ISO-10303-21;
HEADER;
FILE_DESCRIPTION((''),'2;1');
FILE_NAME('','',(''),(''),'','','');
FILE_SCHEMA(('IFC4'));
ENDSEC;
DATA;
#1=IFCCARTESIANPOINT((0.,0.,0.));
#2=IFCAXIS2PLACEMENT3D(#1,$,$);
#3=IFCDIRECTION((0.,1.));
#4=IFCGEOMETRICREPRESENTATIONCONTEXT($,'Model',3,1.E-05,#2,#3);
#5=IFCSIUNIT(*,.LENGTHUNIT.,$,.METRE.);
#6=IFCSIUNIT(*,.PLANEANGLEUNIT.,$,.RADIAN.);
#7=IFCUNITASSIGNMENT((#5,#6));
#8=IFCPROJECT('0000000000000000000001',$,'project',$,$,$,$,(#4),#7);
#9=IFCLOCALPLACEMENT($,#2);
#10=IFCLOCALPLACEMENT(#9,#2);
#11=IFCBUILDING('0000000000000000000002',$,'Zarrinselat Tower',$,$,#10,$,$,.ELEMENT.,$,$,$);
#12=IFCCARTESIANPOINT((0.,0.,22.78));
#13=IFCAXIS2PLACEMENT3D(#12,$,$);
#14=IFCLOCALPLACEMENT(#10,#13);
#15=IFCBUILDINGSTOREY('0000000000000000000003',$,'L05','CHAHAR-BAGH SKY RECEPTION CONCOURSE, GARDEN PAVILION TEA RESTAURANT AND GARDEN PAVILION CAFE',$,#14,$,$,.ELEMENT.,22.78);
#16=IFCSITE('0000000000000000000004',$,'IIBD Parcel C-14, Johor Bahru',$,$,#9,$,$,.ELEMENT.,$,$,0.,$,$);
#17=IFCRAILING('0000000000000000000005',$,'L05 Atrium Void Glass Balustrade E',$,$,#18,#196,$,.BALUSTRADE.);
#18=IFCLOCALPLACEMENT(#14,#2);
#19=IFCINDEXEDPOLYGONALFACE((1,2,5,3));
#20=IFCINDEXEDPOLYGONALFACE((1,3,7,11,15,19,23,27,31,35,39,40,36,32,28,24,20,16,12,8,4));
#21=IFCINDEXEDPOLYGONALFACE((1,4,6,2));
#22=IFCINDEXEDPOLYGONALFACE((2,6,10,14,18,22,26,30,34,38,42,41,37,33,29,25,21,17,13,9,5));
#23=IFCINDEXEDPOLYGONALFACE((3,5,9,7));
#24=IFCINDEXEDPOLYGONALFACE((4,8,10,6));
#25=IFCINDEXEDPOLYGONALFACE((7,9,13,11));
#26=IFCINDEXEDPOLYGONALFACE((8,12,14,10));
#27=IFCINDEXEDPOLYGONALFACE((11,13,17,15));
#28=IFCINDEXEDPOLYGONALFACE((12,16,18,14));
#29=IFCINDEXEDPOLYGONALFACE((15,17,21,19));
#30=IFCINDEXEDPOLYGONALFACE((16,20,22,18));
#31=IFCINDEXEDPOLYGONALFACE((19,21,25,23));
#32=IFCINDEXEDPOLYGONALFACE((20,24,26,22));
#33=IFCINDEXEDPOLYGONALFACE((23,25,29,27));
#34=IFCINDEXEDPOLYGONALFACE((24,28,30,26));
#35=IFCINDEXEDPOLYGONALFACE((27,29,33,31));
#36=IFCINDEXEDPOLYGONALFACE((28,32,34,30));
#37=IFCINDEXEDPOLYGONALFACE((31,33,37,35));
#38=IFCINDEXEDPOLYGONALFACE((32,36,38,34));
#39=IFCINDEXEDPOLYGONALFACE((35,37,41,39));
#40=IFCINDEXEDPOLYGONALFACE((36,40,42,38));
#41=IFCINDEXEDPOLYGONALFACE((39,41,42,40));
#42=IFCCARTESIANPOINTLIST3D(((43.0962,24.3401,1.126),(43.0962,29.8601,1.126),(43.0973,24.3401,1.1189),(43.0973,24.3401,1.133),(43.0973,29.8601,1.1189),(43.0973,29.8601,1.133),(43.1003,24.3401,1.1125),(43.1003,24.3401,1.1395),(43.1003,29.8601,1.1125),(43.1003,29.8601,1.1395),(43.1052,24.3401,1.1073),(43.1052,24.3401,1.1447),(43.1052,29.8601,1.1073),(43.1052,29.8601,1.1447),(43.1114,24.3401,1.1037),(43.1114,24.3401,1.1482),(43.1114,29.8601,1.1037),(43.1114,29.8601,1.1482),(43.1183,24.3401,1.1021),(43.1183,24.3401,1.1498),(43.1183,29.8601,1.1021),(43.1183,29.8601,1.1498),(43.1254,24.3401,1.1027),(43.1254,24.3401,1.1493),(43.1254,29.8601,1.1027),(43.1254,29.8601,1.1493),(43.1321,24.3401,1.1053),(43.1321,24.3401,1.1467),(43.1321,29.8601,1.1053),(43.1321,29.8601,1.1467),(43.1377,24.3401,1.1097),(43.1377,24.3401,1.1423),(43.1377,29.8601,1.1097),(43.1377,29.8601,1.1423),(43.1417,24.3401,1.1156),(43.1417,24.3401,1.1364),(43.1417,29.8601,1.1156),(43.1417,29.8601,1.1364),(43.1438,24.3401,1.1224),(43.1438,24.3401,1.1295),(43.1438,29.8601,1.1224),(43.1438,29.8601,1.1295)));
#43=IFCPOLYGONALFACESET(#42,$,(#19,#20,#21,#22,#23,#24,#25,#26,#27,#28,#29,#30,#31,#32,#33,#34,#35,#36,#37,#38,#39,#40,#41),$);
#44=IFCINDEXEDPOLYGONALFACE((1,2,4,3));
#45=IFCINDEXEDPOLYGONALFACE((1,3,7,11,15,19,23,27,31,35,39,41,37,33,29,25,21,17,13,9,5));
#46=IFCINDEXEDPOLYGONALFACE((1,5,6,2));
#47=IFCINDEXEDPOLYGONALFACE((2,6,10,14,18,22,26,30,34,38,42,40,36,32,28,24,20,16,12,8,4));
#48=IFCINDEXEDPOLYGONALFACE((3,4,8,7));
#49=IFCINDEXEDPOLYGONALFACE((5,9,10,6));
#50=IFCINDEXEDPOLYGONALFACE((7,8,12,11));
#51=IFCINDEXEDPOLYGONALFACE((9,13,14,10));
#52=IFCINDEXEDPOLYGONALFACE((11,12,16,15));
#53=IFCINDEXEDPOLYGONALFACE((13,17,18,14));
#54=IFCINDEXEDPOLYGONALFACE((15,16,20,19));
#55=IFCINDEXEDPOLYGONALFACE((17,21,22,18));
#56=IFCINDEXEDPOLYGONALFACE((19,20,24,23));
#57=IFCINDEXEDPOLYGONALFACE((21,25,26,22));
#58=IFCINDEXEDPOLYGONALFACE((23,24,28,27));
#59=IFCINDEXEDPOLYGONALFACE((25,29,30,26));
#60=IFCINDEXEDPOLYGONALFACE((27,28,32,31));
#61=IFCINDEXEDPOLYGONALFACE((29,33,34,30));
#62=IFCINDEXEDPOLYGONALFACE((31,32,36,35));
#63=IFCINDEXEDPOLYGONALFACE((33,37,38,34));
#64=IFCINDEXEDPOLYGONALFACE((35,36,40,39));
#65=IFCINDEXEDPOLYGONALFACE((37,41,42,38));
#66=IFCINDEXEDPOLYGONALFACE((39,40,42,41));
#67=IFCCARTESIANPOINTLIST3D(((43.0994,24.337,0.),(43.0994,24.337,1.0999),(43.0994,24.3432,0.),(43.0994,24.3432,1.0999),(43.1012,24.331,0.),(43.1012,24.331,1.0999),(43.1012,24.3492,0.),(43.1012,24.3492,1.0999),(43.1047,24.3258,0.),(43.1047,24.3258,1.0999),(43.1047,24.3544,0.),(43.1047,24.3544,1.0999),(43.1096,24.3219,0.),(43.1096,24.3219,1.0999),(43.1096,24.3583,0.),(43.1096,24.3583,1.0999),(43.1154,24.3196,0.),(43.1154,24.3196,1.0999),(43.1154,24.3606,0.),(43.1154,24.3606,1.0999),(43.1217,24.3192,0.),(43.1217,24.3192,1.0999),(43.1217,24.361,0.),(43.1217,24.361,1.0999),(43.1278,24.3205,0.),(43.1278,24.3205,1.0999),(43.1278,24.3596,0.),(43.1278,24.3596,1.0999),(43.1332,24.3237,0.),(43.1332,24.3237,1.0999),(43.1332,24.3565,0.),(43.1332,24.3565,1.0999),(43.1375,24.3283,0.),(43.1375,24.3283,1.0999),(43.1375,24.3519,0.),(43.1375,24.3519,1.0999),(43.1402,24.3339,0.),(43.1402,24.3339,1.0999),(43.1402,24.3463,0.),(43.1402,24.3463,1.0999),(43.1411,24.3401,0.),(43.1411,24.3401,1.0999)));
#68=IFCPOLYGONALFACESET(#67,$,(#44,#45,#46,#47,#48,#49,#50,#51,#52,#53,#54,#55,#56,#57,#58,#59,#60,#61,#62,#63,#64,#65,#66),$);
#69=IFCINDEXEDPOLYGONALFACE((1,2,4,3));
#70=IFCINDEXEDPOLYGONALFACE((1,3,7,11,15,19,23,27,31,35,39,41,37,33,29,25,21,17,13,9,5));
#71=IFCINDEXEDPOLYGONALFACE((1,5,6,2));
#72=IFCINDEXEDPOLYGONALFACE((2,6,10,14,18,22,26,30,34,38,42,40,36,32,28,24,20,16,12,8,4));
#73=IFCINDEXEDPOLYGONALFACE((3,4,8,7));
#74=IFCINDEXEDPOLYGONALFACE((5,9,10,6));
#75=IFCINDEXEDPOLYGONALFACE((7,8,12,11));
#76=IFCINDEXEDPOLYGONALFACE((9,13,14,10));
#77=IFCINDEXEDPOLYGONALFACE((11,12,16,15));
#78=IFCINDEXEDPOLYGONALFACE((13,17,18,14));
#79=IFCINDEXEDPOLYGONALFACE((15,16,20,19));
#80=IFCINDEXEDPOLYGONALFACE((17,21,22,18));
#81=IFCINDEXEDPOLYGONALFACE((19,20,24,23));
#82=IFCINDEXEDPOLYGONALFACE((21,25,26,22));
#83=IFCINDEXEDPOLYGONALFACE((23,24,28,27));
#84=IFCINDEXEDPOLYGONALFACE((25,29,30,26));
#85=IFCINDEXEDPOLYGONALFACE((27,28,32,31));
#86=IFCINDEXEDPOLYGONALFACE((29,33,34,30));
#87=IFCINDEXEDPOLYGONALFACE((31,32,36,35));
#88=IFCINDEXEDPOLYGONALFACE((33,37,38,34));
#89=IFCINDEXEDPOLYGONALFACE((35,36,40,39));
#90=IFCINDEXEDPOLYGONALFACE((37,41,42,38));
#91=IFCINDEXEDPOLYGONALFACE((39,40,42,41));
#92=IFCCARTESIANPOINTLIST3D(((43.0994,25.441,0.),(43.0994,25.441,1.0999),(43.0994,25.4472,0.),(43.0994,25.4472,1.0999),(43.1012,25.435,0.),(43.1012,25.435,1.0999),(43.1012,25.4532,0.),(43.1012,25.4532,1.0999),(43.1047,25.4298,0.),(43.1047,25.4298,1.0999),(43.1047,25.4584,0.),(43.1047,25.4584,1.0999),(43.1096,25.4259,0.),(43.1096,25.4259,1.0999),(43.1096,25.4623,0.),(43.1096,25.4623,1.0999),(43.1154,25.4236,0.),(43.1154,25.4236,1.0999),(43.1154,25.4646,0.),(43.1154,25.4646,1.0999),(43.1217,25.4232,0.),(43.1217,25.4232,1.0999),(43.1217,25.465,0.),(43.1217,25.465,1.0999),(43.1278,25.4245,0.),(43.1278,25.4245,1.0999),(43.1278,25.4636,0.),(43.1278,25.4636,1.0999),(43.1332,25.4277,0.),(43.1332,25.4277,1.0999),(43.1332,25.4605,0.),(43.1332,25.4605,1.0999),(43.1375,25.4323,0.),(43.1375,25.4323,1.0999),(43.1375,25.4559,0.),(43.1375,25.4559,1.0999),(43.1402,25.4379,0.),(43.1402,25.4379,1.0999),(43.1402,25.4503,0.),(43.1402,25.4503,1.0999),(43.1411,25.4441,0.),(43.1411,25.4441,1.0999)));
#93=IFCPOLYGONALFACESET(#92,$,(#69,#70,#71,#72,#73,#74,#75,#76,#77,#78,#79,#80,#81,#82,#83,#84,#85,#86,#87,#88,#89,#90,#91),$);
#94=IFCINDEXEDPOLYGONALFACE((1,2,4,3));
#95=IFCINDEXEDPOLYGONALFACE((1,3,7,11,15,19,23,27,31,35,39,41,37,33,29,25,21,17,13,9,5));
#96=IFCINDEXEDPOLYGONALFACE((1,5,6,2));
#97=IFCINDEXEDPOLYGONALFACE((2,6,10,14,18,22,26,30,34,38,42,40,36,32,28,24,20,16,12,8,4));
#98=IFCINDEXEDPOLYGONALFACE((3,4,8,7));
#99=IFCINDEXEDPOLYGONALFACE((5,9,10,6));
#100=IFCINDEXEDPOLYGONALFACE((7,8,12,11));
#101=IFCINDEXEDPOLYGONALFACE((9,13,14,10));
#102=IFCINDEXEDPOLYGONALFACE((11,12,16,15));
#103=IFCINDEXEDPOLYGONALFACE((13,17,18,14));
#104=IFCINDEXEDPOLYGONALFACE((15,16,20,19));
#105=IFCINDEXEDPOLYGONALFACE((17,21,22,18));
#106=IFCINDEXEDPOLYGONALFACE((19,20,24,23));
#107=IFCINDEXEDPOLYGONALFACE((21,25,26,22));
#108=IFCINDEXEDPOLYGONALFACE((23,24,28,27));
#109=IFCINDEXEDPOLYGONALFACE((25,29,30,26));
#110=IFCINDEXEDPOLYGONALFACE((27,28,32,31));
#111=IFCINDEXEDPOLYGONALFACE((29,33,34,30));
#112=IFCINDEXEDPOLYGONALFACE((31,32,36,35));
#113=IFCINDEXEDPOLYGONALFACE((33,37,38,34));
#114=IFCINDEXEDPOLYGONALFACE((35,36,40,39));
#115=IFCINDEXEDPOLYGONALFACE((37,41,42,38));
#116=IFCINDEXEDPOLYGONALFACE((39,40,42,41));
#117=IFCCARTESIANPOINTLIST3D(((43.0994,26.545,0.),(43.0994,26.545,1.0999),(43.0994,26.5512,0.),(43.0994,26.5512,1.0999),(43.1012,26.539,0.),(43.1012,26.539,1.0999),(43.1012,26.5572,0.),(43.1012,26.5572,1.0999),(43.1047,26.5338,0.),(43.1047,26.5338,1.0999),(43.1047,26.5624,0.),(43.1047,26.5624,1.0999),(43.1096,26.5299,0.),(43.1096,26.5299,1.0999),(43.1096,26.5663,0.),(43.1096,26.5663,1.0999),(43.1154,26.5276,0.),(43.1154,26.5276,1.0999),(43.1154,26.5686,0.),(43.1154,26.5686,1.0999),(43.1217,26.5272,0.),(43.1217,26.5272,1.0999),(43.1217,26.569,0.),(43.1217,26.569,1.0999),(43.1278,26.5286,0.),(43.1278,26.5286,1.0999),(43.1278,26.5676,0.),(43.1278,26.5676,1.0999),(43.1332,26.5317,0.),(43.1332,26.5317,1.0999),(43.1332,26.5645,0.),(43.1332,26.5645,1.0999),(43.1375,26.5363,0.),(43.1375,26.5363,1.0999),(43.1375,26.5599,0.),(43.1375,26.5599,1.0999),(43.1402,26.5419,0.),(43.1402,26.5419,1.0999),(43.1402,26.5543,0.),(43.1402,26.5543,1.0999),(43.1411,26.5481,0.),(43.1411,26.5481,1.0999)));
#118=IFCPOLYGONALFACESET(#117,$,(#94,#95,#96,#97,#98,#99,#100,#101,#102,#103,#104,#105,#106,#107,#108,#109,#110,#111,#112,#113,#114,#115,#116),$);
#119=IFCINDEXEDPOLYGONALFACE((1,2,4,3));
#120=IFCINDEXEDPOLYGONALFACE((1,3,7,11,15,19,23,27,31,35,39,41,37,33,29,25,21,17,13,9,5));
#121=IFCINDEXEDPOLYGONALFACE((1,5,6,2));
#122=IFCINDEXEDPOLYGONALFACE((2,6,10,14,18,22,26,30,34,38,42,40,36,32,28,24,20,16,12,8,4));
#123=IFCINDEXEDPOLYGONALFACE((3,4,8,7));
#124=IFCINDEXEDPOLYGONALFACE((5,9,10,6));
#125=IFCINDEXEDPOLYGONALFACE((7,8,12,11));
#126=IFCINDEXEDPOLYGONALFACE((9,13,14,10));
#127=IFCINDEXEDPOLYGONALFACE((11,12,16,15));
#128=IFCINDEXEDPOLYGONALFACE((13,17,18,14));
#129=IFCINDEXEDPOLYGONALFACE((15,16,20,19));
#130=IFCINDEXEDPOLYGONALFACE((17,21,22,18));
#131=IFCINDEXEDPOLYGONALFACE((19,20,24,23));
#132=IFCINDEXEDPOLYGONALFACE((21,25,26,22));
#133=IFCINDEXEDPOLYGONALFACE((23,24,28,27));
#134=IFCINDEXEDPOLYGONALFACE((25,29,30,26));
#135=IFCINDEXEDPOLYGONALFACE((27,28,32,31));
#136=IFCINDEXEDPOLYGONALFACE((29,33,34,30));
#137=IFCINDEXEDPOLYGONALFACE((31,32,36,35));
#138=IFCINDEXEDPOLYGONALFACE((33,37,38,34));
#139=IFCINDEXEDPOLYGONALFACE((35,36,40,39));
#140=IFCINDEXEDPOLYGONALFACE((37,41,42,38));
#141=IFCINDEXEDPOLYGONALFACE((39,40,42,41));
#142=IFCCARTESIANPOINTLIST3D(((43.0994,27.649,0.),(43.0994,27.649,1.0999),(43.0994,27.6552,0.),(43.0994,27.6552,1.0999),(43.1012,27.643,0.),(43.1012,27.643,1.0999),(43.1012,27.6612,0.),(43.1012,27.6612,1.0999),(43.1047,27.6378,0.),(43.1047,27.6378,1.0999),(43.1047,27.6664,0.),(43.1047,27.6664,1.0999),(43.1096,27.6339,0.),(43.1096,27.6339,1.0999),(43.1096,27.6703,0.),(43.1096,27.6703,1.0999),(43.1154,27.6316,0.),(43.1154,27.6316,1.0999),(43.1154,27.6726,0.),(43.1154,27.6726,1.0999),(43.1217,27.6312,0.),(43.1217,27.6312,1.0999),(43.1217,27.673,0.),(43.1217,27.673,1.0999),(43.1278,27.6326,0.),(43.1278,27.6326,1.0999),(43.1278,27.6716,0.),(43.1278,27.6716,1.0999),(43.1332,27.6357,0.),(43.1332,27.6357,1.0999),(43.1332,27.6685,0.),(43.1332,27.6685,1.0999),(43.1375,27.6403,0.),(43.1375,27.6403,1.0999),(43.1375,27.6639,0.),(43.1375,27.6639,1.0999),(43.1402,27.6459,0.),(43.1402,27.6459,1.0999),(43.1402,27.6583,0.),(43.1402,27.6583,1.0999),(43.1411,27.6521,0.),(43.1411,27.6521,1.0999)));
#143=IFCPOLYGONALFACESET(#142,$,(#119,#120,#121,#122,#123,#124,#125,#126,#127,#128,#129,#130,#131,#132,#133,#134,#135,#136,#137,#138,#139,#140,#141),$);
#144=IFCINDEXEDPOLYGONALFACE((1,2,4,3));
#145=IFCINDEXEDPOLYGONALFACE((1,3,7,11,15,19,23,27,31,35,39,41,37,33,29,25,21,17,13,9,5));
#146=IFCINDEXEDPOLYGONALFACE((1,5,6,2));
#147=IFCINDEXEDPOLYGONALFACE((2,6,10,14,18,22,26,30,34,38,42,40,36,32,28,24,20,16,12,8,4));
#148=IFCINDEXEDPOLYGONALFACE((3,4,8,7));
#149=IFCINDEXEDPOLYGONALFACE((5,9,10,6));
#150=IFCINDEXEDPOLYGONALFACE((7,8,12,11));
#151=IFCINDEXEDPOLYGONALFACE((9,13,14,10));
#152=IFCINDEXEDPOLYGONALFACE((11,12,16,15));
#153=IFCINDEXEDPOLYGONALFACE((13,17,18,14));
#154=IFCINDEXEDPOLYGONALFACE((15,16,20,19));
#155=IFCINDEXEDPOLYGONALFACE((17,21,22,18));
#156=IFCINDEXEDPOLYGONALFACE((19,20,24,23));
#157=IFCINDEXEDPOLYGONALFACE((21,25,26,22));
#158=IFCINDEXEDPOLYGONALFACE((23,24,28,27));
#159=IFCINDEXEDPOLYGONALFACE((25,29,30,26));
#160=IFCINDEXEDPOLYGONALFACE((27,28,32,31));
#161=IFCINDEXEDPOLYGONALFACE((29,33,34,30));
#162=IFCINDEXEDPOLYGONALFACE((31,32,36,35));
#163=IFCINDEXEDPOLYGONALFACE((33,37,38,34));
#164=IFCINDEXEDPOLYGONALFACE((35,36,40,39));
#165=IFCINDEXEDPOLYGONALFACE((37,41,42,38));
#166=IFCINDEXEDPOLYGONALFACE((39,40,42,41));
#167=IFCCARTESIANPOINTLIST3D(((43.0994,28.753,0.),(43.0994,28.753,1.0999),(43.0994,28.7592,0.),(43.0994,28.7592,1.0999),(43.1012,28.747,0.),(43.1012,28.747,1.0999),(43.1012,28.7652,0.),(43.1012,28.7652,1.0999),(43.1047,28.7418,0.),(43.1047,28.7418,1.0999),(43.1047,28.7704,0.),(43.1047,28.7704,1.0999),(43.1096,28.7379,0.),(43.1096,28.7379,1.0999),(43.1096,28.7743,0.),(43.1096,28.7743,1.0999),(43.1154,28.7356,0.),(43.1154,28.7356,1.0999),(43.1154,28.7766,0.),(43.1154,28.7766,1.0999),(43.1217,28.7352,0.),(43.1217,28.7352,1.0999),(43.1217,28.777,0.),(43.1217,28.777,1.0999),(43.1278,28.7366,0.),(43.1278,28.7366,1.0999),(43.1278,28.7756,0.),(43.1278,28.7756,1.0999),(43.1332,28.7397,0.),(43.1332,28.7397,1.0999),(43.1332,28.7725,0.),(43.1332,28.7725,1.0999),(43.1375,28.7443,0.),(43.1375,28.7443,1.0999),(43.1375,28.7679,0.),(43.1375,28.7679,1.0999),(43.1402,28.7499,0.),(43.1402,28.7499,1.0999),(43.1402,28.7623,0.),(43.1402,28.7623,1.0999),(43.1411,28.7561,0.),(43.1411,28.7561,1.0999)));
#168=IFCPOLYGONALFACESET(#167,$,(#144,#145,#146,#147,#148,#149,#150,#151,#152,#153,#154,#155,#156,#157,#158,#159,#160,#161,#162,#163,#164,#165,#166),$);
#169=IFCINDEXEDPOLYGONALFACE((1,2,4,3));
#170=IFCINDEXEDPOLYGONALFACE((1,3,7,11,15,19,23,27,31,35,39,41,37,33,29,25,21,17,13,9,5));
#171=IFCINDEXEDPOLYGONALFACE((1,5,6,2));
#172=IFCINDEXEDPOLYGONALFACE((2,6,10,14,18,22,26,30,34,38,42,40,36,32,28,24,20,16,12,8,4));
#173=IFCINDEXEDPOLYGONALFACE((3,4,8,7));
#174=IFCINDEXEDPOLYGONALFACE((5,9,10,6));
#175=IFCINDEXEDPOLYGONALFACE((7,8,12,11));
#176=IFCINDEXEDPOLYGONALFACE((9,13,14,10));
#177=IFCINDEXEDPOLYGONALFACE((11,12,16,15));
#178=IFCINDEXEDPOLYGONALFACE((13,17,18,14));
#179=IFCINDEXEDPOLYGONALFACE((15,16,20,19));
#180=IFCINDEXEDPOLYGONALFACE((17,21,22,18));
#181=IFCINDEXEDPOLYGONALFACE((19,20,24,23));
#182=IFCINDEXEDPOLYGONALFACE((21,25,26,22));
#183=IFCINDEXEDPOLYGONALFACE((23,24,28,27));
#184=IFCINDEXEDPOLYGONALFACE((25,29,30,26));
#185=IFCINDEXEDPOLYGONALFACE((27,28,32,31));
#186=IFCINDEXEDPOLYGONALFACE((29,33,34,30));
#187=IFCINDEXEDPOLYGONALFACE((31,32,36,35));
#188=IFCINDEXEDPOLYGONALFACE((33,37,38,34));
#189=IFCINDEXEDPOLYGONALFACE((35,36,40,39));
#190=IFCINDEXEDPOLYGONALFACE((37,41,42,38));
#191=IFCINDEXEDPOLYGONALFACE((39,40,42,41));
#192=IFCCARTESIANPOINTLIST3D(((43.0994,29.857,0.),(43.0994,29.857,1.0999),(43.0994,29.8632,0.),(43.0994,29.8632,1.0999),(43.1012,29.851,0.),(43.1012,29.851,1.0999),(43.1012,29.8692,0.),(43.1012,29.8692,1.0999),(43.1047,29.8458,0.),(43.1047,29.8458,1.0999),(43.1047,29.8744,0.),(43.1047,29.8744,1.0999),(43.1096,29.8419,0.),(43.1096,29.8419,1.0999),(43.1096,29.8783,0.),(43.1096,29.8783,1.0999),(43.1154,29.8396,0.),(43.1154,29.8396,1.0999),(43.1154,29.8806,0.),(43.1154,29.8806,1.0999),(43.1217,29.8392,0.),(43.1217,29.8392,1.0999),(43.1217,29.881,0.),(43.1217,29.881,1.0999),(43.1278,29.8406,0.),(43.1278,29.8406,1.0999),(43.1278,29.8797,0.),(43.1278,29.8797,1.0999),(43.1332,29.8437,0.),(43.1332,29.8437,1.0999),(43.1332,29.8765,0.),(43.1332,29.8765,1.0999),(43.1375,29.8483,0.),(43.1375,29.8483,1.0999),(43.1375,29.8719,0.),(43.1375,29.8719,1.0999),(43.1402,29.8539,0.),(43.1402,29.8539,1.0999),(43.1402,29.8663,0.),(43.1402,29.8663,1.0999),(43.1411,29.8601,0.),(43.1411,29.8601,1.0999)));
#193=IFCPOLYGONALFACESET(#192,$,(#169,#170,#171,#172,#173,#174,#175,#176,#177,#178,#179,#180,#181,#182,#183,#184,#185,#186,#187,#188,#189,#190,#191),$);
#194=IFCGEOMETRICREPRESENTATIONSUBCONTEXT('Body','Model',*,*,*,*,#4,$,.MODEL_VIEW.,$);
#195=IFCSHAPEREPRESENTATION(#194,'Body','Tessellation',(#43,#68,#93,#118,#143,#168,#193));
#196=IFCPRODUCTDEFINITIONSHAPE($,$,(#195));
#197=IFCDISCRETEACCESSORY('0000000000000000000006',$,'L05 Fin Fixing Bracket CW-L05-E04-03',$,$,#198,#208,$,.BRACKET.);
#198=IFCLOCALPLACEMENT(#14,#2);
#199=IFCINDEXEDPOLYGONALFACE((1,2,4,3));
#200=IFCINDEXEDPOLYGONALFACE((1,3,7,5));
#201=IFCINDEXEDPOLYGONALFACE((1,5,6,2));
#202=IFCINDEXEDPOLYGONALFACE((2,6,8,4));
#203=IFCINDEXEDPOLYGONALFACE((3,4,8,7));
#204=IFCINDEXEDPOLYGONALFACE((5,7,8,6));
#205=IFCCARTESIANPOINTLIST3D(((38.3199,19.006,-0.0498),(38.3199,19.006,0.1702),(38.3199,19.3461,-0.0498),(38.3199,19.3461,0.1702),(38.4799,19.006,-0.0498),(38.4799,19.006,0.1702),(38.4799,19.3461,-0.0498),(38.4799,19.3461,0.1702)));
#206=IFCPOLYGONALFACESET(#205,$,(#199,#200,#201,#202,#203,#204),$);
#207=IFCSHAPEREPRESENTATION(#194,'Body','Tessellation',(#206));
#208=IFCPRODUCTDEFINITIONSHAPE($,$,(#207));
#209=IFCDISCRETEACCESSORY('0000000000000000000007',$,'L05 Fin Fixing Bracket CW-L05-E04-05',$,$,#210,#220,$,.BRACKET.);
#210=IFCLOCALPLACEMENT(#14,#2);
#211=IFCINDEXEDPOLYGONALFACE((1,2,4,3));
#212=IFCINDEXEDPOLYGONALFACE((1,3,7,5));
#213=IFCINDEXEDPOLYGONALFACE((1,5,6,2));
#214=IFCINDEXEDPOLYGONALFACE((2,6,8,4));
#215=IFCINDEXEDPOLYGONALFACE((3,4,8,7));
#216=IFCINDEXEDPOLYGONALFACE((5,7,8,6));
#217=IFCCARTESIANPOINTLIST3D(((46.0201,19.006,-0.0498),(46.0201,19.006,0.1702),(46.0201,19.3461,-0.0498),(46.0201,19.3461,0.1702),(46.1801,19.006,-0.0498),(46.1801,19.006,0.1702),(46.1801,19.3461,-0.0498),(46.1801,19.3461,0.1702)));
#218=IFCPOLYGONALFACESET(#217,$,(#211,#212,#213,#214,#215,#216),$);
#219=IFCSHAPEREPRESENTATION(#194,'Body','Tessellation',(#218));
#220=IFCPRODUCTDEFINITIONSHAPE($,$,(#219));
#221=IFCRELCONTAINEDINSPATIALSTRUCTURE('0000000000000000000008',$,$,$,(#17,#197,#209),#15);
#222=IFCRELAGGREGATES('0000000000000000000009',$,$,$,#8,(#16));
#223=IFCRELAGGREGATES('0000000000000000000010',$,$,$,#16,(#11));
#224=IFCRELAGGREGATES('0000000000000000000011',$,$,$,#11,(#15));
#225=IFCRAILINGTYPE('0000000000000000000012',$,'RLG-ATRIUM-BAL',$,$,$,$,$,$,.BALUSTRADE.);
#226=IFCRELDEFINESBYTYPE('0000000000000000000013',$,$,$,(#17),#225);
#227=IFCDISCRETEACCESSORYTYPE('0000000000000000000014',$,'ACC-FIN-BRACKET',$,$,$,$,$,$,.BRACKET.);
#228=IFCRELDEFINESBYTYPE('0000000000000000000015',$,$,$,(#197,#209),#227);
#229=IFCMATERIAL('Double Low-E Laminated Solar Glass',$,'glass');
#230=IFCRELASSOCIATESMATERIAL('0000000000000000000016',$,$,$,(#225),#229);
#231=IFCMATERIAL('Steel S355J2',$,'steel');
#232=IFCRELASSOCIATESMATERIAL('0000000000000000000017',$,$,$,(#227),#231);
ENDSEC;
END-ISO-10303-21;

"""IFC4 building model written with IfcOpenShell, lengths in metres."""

from ifc_helpers import new_model, si_unit, direction, frame, origin, origin_2d, place, context, subcontext, project, spatial, rectangle, circle, extrude, material, type_object, element, save


model = new_model("IFC4")

# Units and contexts
model_context = context("Model", 3, precision=1e-05, world=origin(), true_north=direction((0.0, 1.0)))
body_context = subcontext(model_context, "Body", "Model", "MODEL_VIEW")
ifc_project = project(units=[si_unit("LENGTHUNIT", "METRE"), si_unit("PLANEANGLEUNIT", "RADIAN")], contexts=[model_context])

# Site, building, storey
site_placement = place(None, origin())
site = spatial("IfcSite", under=ifc_project, at=site_placement, Name="IIBD Parcel C-14, Johor Bahru", CompositionType="ELEMENT", RefElevation=0.0)
building_placement = place(site_placement, origin())
building = spatial("IfcBuilding", under=site, at=building_placement, Name="Zarrinselat Tower", CompositionType="ELEMENT")
storey_placement = place(building_placement, frame((0.0, 0.0, 22.78)))
storey = spatial("IfcBuildingStorey", under=building, at=storey_placement, Name="L05", Description="CHAHAR-BAGH SKY RECEPTION CONCOURSE, GARDEN PAVILION TEA RESTAURANT AND GARDEN PAVILION CAFE", CompositionType="ELEMENT", Elevation=22.78)

# Railing
ifc_material_1 = material(Name="Double Low-E Laminated Solar Glass", Category="glass")
railing_type = type_object("IfcRailingType", Name="RLG-ATRIUM-BAL", PredefinedType="BALUSTRADE", material=ifc_material_1)
railing_1_placement = place(storey_placement, frame((43.1201, 24.3401, 0.0)))
element("IfcRailing", 1, at=railing_1_placement, inside=storey, type_object=railing_type, Name="L05 Atrium Void Glass Balustrade E", PredefinedType="BALUSTRADE", context=body_context, shape_type="SweptSolid", body=[
    extrude(circle(Radius=0.0239, at=origin_2d()), frame((0.0, 0.0, 1.126), z_axis=(0.0, 1.0, 0.0), x_axis=(-1.0, 0.0, 0.0)), (0.0, 0.0, 1.0), 5.52),
    extrude(circle(Radius=0.021, at=origin_2d()), origin(), (0.0, 0.0, 1.0), 1.0999),
    extrude(circle(Radius=0.021, at=origin_2d()), frame((0.0, 1.104, 0.0)), (0.0, 0.0, 1.0), 1.0999),
    extrude(circle(Radius=0.021, at=origin_2d()), frame((0.0, 2.208, 0.0)), (0.0, 0.0, 1.0), 1.0999),
    extrude(circle(Radius=0.021, at=origin_2d()), frame((0.0, 3.312, 0.0)), (0.0, 0.0, 1.0), 1.0999),
    extrude(circle(Radius=0.021, at=origin_2d()), frame((0.0, 4.416, 0.0)), (0.0, 0.0, 1.0), 1.0999),
    extrude(circle(Radius=0.021, at=origin_2d()), frame((0.0, 5.52, 0.0)), (0.0, 0.0, 1.0), 1.0999),
])

# Discrete accessories
ifc_material_2 = material(Name="Steel S355J2", Category="steel")
discrete_accessory_type = type_object("IfcDiscreteAccessoryType", Name="ACC-FIN-BRACKET", PredefinedType="BRACKET", material=ifc_material_2)
for number, where, z_axis, x_axis, name in (
    (2, (38.3999, 19.176, -0.0498), (0.0, 0.0, 1.0), (0.0, -1.0, 0.0), "L05 Fin Fixing Bracket CW-L05-E04-03"),
    (3, (46.1001, 19.176, -0.0498), (0.0, 0.0, 1.0), (0.0, -1.0, 0.0), "L05 Fin Fixing Bracket CW-L05-E04-05"),
):
    element("IfcDiscreteAccessory", number, at=place(storey_placement, frame(where, z_axis=z_axis, x_axis=x_axis)), inside=storey, type_object=discrete_accessory_type, Name=name, PredefinedType="BRACKET", context=body_context, shape_type="SweptSolid", body=[
        extrude(rectangle(XDim=0.3401, YDim=0.1599, at=origin_2d()), origin(), (0.0, 0.0, 1.0), 0.22),
    ])

save(model, "model.ifc")
